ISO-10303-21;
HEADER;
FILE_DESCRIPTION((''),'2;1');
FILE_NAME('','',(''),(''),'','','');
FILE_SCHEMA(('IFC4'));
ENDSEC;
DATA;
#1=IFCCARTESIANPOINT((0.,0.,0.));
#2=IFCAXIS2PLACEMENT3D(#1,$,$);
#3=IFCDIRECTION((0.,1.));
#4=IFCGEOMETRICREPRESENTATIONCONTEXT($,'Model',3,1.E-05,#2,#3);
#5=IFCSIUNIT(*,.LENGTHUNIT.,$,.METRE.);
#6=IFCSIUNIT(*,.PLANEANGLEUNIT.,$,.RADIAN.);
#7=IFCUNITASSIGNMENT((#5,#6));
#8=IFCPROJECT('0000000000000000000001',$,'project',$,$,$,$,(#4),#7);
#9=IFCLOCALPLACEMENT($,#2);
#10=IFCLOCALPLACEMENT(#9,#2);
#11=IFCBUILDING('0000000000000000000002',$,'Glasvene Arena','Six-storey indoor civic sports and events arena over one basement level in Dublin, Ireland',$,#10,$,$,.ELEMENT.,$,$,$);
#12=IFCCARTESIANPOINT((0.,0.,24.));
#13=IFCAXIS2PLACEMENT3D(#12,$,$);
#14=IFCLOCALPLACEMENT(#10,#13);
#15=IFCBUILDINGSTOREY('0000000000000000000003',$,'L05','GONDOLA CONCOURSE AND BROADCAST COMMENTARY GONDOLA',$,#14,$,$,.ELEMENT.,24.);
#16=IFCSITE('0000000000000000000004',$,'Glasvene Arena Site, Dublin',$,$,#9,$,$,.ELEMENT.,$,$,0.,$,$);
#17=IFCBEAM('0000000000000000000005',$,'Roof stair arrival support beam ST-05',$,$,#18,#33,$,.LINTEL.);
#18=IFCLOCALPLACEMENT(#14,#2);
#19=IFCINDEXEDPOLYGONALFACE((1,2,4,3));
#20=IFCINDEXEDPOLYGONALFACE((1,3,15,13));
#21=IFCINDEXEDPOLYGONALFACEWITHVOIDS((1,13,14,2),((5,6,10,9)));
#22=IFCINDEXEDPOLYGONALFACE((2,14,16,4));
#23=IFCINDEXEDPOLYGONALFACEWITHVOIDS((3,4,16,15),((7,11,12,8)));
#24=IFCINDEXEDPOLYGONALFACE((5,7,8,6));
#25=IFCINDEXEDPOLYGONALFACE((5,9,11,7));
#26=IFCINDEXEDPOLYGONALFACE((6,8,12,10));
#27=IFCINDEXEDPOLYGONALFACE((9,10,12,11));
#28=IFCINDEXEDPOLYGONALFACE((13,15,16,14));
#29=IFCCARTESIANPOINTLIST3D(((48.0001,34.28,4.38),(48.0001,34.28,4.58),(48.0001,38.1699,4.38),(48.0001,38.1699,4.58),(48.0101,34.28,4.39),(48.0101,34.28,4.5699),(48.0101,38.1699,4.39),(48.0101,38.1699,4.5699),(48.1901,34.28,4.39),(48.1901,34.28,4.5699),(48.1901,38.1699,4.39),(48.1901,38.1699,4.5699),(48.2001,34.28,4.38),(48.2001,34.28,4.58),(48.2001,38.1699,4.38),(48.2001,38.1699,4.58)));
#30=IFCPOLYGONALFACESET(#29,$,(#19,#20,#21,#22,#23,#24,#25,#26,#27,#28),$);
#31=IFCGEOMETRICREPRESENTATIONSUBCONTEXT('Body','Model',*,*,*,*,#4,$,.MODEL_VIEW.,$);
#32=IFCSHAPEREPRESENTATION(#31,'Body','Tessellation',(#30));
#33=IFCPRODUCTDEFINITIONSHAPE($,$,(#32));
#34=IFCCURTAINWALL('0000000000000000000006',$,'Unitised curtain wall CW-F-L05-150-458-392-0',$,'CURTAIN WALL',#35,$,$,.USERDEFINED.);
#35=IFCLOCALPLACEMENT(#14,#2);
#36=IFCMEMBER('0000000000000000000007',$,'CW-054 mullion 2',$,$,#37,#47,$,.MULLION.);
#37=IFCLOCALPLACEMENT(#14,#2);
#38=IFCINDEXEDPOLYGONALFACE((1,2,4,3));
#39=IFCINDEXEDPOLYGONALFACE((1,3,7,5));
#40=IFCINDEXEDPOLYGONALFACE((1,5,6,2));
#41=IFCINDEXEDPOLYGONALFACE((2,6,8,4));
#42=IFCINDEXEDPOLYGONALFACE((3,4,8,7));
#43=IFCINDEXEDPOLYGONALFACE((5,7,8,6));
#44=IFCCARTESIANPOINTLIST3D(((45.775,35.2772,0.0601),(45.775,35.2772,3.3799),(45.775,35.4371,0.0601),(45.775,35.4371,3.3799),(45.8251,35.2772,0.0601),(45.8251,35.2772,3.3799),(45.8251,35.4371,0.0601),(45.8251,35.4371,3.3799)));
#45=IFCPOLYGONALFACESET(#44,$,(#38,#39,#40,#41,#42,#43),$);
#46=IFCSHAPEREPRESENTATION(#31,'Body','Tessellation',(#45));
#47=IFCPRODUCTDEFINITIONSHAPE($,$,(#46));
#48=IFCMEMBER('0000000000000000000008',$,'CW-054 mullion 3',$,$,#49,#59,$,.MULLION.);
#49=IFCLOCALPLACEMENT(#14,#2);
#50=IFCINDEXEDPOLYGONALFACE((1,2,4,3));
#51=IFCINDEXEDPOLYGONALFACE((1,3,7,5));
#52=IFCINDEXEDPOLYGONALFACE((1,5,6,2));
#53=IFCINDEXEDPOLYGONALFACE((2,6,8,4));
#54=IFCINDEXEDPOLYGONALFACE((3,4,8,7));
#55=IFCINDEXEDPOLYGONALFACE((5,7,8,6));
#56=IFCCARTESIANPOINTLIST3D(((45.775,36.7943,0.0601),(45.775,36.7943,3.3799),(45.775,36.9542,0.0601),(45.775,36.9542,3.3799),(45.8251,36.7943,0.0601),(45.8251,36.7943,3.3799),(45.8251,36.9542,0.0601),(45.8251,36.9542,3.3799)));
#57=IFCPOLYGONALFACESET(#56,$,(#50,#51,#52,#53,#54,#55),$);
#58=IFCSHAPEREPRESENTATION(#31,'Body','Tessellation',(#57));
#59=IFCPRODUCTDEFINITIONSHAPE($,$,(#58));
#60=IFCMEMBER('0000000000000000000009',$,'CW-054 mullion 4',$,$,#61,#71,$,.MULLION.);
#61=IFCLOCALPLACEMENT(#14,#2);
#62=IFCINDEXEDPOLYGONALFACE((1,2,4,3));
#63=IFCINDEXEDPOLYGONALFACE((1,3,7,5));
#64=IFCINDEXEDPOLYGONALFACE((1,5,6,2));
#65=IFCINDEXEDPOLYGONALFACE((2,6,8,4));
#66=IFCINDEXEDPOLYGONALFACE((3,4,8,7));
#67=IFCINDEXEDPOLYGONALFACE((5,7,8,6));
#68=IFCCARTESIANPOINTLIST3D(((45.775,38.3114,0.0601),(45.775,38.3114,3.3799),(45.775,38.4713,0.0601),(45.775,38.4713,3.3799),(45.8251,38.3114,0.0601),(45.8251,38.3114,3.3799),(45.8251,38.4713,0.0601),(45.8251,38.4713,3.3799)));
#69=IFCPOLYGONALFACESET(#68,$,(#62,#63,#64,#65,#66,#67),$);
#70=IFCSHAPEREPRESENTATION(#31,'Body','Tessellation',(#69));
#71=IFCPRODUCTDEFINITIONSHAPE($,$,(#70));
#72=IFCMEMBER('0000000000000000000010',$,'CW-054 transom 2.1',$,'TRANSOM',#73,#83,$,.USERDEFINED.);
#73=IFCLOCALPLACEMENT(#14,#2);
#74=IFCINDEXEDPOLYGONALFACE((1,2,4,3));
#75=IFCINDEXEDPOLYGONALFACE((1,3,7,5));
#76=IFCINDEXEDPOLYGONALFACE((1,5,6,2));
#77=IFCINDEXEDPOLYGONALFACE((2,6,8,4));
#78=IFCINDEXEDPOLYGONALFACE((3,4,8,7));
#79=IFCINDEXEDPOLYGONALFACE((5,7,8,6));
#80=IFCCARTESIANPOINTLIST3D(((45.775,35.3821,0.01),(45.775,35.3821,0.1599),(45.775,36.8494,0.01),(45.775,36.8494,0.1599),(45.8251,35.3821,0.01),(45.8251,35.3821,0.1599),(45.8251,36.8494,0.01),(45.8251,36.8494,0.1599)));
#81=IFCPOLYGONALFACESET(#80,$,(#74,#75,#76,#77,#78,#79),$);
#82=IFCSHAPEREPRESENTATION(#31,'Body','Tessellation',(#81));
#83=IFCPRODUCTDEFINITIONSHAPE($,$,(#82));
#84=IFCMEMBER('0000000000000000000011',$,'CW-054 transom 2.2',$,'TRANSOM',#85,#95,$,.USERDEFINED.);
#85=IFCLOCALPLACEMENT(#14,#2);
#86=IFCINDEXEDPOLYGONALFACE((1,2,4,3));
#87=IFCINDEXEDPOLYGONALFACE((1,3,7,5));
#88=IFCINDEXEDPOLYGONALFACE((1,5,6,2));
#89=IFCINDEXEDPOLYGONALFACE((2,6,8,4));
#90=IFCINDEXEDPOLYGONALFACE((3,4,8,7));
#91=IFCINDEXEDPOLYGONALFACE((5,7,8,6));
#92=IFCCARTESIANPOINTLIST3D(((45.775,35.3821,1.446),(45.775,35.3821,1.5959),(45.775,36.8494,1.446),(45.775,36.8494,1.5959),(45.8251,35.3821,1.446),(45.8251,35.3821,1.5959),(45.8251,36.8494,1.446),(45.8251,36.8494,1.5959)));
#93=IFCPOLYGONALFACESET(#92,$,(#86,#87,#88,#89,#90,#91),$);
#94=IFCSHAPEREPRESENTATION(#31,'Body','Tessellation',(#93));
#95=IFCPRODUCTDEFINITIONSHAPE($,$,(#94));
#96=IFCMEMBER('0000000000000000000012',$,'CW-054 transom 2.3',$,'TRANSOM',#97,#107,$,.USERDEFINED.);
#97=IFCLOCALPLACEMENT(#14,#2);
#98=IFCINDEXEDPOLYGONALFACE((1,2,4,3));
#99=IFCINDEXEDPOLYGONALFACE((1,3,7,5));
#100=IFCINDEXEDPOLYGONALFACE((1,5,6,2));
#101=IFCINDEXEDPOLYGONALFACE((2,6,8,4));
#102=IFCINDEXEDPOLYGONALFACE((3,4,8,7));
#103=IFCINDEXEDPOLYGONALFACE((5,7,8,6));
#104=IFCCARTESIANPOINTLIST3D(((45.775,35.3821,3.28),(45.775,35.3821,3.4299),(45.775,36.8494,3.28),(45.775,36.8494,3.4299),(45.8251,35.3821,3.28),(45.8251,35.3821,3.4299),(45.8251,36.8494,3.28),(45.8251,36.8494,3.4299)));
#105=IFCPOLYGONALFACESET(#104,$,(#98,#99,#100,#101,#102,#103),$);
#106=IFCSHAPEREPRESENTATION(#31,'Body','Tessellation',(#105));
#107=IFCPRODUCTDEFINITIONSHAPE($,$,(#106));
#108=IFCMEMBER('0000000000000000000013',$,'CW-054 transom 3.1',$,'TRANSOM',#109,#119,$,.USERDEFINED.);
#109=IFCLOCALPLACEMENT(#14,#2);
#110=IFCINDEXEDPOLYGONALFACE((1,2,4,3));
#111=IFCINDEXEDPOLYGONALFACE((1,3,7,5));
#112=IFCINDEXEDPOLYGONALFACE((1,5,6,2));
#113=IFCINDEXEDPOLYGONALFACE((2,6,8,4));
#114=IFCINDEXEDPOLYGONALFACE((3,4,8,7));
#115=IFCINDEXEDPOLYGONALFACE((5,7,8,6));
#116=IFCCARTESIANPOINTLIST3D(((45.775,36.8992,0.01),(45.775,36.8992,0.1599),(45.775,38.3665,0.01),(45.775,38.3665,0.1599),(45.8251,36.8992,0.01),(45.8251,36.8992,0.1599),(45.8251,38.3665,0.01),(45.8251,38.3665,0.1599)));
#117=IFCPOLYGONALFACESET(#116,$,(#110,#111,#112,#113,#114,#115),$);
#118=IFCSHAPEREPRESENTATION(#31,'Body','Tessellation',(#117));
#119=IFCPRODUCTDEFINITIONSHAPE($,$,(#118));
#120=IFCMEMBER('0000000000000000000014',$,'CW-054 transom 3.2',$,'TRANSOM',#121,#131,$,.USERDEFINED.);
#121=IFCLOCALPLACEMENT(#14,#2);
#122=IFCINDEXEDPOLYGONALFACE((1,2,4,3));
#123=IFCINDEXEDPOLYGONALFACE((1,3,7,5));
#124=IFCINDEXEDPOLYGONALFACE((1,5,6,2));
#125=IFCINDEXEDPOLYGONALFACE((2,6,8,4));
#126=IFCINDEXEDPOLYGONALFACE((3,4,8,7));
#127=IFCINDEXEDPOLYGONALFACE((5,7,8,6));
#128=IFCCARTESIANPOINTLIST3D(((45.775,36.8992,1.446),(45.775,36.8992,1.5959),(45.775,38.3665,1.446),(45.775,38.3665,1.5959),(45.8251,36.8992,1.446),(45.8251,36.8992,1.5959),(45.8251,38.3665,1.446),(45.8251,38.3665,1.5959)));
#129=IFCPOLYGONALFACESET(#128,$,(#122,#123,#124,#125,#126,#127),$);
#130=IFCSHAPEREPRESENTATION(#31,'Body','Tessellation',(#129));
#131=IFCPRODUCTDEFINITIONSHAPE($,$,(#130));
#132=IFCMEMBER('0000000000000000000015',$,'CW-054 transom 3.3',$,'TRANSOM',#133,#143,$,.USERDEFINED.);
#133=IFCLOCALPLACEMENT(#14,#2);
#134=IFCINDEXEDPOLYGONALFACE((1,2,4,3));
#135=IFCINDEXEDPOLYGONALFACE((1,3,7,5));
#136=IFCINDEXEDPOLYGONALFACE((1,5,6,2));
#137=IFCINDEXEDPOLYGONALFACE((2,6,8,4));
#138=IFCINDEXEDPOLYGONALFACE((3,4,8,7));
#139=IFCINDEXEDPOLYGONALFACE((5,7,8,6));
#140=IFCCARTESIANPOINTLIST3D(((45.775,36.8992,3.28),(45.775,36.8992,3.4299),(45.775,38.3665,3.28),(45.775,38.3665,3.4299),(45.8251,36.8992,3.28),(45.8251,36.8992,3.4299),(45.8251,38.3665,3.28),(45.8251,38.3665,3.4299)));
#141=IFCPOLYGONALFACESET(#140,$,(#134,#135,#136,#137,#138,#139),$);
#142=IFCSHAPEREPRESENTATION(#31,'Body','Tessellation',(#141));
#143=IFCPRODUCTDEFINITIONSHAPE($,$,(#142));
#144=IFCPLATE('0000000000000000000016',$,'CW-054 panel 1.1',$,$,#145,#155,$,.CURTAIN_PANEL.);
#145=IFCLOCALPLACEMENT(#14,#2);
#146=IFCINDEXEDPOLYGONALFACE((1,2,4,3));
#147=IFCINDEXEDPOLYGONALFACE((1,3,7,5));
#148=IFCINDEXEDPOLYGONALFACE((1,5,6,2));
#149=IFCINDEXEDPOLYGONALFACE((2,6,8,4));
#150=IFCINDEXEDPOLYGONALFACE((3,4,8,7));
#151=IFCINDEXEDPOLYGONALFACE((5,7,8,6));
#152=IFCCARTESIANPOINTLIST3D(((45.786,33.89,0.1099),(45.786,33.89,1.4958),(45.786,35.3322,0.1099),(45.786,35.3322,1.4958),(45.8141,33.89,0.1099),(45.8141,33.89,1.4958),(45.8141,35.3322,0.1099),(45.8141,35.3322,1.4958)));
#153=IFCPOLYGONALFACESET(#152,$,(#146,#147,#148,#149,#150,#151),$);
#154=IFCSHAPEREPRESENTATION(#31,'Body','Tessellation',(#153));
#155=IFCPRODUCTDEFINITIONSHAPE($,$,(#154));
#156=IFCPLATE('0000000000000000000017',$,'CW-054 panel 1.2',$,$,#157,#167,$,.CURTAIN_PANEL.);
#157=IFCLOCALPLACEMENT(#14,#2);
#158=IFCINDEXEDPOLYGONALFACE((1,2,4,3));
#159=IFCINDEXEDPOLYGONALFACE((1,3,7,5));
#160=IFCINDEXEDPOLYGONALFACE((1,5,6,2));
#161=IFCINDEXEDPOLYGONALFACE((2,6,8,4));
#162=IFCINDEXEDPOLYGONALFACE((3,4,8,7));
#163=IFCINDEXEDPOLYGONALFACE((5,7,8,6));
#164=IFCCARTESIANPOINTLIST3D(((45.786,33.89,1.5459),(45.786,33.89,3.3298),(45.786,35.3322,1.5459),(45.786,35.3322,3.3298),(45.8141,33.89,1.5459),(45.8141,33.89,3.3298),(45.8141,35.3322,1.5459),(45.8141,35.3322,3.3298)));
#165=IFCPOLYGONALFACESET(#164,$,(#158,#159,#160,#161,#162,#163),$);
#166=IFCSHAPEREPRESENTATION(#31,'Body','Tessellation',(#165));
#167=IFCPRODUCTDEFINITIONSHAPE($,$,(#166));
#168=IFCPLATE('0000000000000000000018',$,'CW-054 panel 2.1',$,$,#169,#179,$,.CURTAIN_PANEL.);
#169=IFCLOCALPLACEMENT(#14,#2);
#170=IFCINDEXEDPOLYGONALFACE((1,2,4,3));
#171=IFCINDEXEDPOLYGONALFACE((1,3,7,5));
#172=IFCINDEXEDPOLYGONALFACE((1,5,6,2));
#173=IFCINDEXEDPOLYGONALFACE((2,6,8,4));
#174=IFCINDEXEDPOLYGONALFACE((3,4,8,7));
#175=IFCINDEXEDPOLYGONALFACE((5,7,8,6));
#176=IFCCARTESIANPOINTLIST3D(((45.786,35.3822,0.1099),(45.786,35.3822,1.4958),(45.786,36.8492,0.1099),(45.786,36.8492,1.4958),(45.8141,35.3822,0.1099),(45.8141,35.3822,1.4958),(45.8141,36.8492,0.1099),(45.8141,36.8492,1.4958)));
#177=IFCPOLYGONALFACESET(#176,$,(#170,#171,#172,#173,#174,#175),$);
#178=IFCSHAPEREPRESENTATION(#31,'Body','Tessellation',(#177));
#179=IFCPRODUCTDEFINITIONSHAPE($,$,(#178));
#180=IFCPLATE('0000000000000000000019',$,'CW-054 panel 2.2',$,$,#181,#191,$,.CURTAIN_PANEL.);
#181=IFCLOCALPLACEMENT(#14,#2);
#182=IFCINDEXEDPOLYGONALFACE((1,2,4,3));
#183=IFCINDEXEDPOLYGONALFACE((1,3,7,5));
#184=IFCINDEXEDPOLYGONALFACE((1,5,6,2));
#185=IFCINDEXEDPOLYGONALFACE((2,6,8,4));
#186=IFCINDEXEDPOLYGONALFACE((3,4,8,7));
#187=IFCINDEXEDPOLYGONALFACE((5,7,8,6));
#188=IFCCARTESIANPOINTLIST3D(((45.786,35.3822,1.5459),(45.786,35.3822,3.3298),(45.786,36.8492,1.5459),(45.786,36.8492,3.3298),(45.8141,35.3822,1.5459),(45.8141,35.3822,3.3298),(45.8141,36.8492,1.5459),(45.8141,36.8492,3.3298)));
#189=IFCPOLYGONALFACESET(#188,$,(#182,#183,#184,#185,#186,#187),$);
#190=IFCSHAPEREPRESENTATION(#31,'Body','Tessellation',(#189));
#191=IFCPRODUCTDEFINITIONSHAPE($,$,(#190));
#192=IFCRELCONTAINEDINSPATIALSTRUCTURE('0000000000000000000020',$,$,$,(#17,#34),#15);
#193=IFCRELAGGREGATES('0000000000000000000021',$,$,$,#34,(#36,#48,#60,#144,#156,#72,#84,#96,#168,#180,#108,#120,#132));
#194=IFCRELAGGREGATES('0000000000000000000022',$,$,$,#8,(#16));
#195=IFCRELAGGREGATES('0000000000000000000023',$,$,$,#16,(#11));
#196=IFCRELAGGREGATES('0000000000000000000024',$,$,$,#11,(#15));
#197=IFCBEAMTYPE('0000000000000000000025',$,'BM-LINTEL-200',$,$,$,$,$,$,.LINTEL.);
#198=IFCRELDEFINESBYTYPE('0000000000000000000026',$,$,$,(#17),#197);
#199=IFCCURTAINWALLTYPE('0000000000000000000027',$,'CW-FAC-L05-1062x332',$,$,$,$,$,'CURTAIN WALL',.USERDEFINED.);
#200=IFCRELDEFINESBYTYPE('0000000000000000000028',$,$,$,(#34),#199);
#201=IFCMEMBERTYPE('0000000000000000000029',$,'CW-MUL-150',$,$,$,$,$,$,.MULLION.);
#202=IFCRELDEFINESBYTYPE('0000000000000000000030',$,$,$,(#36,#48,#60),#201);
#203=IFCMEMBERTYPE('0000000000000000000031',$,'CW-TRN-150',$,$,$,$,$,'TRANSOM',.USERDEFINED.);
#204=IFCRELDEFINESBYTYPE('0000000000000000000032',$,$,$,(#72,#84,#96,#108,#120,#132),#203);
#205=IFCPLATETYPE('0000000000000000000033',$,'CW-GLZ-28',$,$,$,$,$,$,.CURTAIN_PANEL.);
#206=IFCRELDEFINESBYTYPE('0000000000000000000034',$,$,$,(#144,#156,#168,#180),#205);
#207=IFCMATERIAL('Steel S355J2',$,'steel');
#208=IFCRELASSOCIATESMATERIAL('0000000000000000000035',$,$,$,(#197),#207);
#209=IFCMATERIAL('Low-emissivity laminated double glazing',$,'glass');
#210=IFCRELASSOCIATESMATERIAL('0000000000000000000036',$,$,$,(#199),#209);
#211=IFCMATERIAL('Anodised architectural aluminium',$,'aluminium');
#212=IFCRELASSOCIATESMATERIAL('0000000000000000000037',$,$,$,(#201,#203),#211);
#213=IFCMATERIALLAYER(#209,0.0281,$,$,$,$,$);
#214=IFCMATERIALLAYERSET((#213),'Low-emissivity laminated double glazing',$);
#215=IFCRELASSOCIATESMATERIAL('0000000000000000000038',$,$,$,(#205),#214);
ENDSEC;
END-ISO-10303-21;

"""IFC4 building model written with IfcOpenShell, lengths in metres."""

from ifc_helpers import new_model, si_unit, direction, frame, origin, origin_2d, place, context, subcontext, project, spatial, rectangle, hollow_rectangle, extrude, material, layer, layer_set, material_profile, profile_set, type_object, element, aggregate, save


model = new_model("IFC4")

# Units and contexts
model_context = context("Model", 3, precision=1e-05, world=origin(), true_north=direction((0.0, 1.0)))
body_context = subcontext(model_context, "Body", "Model", "MODEL_VIEW")
ifc_project = project(units=[si_unit("LENGTHUNIT", "METRE"), si_unit("PLANEANGLEUNIT", "RADIAN")], contexts=[model_context])

# Site, building, storey
site_placement = place(None, origin())
site = spatial("IfcSite", under=ifc_project, at=site_placement, Name="Glasvene Arena Site, Dublin", CompositionType="ELEMENT", RefElevation=0.0)
building_placement = place(site_placement, origin())
building = spatial("IfcBuilding", under=site, at=building_placement, Name="Glasvene Arena", Description="Six-storey indoor civic sports and events arena over one basement level in Dublin, Ireland", CompositionType="ELEMENT")
storey_placement = place(building_placement, frame((0.0, 0.0, 24.0)))
storey = spatial("IfcBuildingStorey", under=building, at=storey_placement, Name="L05", Description="GONDOLA CONCOURSE AND BROADCAST COMMENTARY GONDOLA", CompositionType="ELEMENT", Elevation=24.0)

# Beam
ifc_material_1 = material(Name="Steel S355J2", Category="steel")
ifc_material_profile_1 = material_profile(ifc_material_1, hollow_rectangle(XDim=0.2, YDim=0.2, WallThickness=0.01, at=origin_2d()), Name="SHS 200x200x10.0")
ifc_profile_set_1 = profile_set([ifc_material_profile_1], Name="Steel S355J2")
beam_type = type_object("IfcBeamType", Name="BM-LINTEL-200", PredefinedType="LINTEL", material=ifc_profile_set_1)
beam_placement = place(storey_placement, frame((48.1001, 34.28, 4.48), z_axis=(0.0, 1.0, 0.0), x_axis=(-1.0, 0.0, 0.0)))
element("IfcBeam", 1, at=beam_placement, inside=storey, type_object=beam_type, Name="Roof stair arrival support beam ST-05", PredefinedType="LINTEL", context=body_context, shape_type="SweptSolid", body=[
    extrude(hollow_rectangle(XDim=0.2, YDim=0.2, WallThickness=0.01, at=origin_2d()), origin(), (0.0, 0.0, 1.0), 3.8899),
])

# Curtain wall, members, plates
ifc_material_2 = material(Name="Low-emissivity laminated double glazing", Category="glass")
curtain_wall_type = type_object("IfcCurtainWallType", Name="CW-FAC-L05-1062x332", ElementType="CURTAIN WALL", PredefinedType="USERDEFINED", material=ifc_material_2)
curtain_wall_placement = place(storey_placement, frame((45.8, 33.8401, 0.0)))
curtain_wall = element("IfcCurtainWall", 2, at=curtain_wall_placement, inside=storey, type_object=curtain_wall_type, Name="Unitised curtain wall CW-F-L05-150-458-392-0", ObjectType="CURTAIN WALL", PredefinedType="USERDEFINED")
ifc_material_3 = material(Name="Anodised architectural aluminium", Category="aluminium")
ifc_material_profile_2 = material_profile(ifc_material_3, rectangle(XDim=0.05, YDim=0.1599, at=origin_2d()), Name="ALU MULLION 50x160")
ifc_profile_set_2 = profile_set([ifc_material_profile_2], Name="Anodised architectural aluminium")
member_type_1 = type_object("IfcMemberType", Name="CW-MUL-150", PredefinedType="MULLION", material=ifc_profile_set_2)
member_1_placement = place(storey_placement, frame((45.8, 35.3572, 0.0601), z_axis=(0.0, 0.0, 1.0), x_axis=(-1.0, 0.0, 0.0)))
member_1 = element("IfcMember", 3, at=member_1_placement, type_object=member_type_1, Name="CW-054 mullion 2", PredefinedType="MULLION", context=body_context, shape_type="SweptSolid", body=[
    extrude(rectangle(XDim=0.05, YDim=0.1599, at=origin_2d()), origin(), (0.0, 0.0, 1.0), 3.3198),
])
member_2_placement = place(storey_placement, frame((45.8, 36.8743, 0.0601), z_axis=(0.0, 0.0, 1.0), x_axis=(-1.0, 0.0, 0.0)))
member_2 = element("IfcMember", 4, at=member_2_placement, type_object=member_type_1, Name="CW-054 mullion 3", PredefinedType="MULLION", context=body_context, shape_type="SweptSolid", body=[
    extrude(rectangle(XDim=0.05, YDim=0.1599, at=origin_2d()), origin(), (0.0, 0.0, 1.0), 3.3198),
])
member_3_placement = place(storey_placement, frame((45.8, 38.3914, 0.0601), z_axis=(0.0, 0.0, 1.0), x_axis=(-1.0, 0.0, 0.0)))
member_3 = element("IfcMember", 5, at=member_3_placement, type_object=member_type_1, Name="CW-054 mullion 4", PredefinedType="MULLION", context=body_context, shape_type="SweptSolid", body=[
    extrude(rectangle(XDim=0.05, YDim=0.1599, at=origin_2d()), origin(), (0.0, 0.0, 1.0), 3.3198),
])
ifc_material_profile_3 = material_profile(ifc_material_3, rectangle(XDim=0.05, YDim=0.1499, at=origin_2d()), Name="ALU TRANSOM 50x150")
ifc_profile_set_3 = profile_set([ifc_material_profile_3], Name="Anodised architectural aluminium")
member_type_2 = type_object("IfcMemberType", Name="CW-TRN-150", ElementType="TRANSOM", PredefinedType="USERDEFINED", material=ifc_profile_set_3)
member_4_placement = place(storey_placement, frame((45.8, 35.3821, 0.085), z_axis=(0.0, 1.0, 0.0), x_axis=(-1.0, 0.0, 0.0)))
member_4 = element("IfcMember", 6, at=member_4_placement, type_object=member_type_2, Name="CW-054 transom 2.1", ObjectType="TRANSOM", PredefinedType="USERDEFINED", context=body_context, shape_type="SweptSolid", body=[
    extrude(rectangle(XDim=0.05, YDim=0.1499, at=origin_2d()), origin(), (0.0, 0.0, 1.0), 1.4673),
])
member_5_placement = place(storey_placement, frame((45.8, 35.3821, 1.521), z_axis=(0.0, 1.0, 0.0), x_axis=(-1.0, 0.0, 0.0)))
member_5 = element("IfcMember", 7, at=member_5_placement, type_object=member_type_2, Name="CW-054 transom 2.2", ObjectType="TRANSOM", PredefinedType="USERDEFINED", context=body_context, shape_type="SweptSolid", body=[
    extrude(rectangle(XDim=0.05, YDim=0.1499, at=origin_2d()), origin(), (0.0, 0.0, 1.0), 1.4673),
])
member_6_placement = place(storey_placement, frame((45.8, 35.3821, 3.355), z_axis=(0.0, 1.0, 0.0), x_axis=(-1.0, 0.0, 0.0)))
member_6 = element("IfcMember", 8, at=member_6_placement, type_object=member_type_2, Name="CW-054 transom 2.3", ObjectType="TRANSOM", PredefinedType="USERDEFINED", context=body_context, shape_type="SweptSolid", body=[
    extrude(rectangle(XDim=0.05, YDim=0.1499, at=origin_2d()), origin(), (0.0, 0.0, 1.0), 1.4673),
])
member_7_placement = place(storey_placement, frame((45.8, 36.8992, 0.085), z_axis=(0.0, 1.0, 0.0), x_axis=(-1.0, 0.0, 0.0)))
member_7 = element("IfcMember", 9, at=member_7_placement, type_object=member_type_2, Name="CW-054 transom 3.1", ObjectType="TRANSOM", PredefinedType="USERDEFINED", context=body_context, shape_type="SweptSolid", body=[
    extrude(rectangle(XDim=0.05, YDim=0.1499, at=origin_2d()), origin(), (0.0, 0.0, 1.0), 1.4673),
])
member_8_placement = place(storey_placement, frame((45.8, 36.8992, 1.521), z_axis=(0.0, 1.0, 0.0), x_axis=(-1.0, 0.0, 0.0)))
member_8 = element("IfcMember", 10, at=member_8_placement, type_object=member_type_2, Name="CW-054 transom 3.2", ObjectType="TRANSOM", PredefinedType="USERDEFINED", context=body_context, shape_type="SweptSolid", body=[
    extrude(rectangle(XDim=0.05, YDim=0.1499, at=origin_2d()), origin(), (0.0, 0.0, 1.0), 1.4673),
])
member_9_placement = place(storey_placement, frame((45.8, 36.8992, 3.355), z_axis=(0.0, 1.0, 0.0), x_axis=(-1.0, 0.0, 0.0)))
member_9 = element("IfcMember", 11, at=member_9_placement, type_object=member_type_2, Name="CW-054 transom 3.3", ObjectType="TRANSOM", PredefinedType="USERDEFINED", context=body_context, shape_type="SweptSolid", body=[
    extrude(rectangle(XDim=0.05, YDim=0.1499, at=origin_2d()), origin(), (0.0, 0.0, 1.0), 1.4673),
])
ifc_layer_1 = layer(ifc_material_2, 0.0281)
ifc_layer_set_1 = layer_set([ifc_layer_1], Name="Low-emissivity laminated double glazing")
plate_type = type_object("IfcPlateType", Name="CW-GLZ-28", PredefinedType="CURTAIN_PANEL", material=ifc_layer_set_1)
plate_1_placement = place(storey_placement, frame((45.8, 34.6111, 0.1099), z_axis=(0.0, 0.0, 1.0), x_axis=(0.0, 1.0, 0.0)))
plate_1 = element("IfcPlate", 12, at=plate_1_placement, type_object=plate_type, Name="CW-054 panel 1.1", PredefinedType="CURTAIN_PANEL", context=body_context, shape_type="SweptSolid", body=[
    extrude(rectangle(XDim=1.4421, YDim=0.0281, at=origin_2d()), origin(), (0.0, 0.0, 1.0), 1.386),
])
plate_2_placement = place(storey_placement, frame((45.8, 34.6111, 1.5459), z_axis=(0.0, 0.0, 1.0), x_axis=(0.0, 1.0, 0.0)))
plate_2 = element("IfcPlate", 13, at=plate_2_placement, type_object=plate_type, Name="CW-054 panel 1.2", PredefinedType="CURTAIN_PANEL", context=body_context, shape_type="SweptSolid", body=[
    extrude(rectangle(XDim=1.4421, YDim=0.0281, at=origin_2d()), origin(), (0.0, 0.0, 1.0), 1.7839),
])
plate_3_placement = place(storey_placement, frame((45.8, 36.1157, 0.1099), z_axis=(0.0, 0.0, 1.0), x_axis=(0.0, 1.0, 0.0)))
plate_3 = element("IfcPlate", 14, at=plate_3_placement, type_object=plate_type, Name="CW-054 panel 2.1", PredefinedType="CURTAIN_PANEL", context=body_context, shape_type="SweptSolid", body=[
    extrude(rectangle(XDim=1.467, YDim=0.0281, at=origin_2d()), origin(), (0.0, 0.0, 1.0), 1.386),
])
plate_4_placement = place(storey_placement, frame((45.8, 36.1157, 1.5459), z_axis=(0.0, 0.0, 1.0), x_axis=(0.0, 1.0, 0.0)))
plate_4 = element("IfcPlate", 15, at=plate_4_placement, type_object=plate_type, Name="CW-054 panel 2.2", PredefinedType="CURTAIN_PANEL", context=body_context, shape_type="SweptSolid", body=[
    extrude(rectangle(XDim=1.467, YDim=0.0281, at=origin_2d()), origin(), (0.0, 0.0, 1.0), 1.7839),
])
aggregate(curtain_wall, [member_1, member_2, member_3, plate_1, plate_2, member_4, member_5, member_6, plate_3, plate_4, member_7, member_8, member_9])

save(model, "model.ifc")
